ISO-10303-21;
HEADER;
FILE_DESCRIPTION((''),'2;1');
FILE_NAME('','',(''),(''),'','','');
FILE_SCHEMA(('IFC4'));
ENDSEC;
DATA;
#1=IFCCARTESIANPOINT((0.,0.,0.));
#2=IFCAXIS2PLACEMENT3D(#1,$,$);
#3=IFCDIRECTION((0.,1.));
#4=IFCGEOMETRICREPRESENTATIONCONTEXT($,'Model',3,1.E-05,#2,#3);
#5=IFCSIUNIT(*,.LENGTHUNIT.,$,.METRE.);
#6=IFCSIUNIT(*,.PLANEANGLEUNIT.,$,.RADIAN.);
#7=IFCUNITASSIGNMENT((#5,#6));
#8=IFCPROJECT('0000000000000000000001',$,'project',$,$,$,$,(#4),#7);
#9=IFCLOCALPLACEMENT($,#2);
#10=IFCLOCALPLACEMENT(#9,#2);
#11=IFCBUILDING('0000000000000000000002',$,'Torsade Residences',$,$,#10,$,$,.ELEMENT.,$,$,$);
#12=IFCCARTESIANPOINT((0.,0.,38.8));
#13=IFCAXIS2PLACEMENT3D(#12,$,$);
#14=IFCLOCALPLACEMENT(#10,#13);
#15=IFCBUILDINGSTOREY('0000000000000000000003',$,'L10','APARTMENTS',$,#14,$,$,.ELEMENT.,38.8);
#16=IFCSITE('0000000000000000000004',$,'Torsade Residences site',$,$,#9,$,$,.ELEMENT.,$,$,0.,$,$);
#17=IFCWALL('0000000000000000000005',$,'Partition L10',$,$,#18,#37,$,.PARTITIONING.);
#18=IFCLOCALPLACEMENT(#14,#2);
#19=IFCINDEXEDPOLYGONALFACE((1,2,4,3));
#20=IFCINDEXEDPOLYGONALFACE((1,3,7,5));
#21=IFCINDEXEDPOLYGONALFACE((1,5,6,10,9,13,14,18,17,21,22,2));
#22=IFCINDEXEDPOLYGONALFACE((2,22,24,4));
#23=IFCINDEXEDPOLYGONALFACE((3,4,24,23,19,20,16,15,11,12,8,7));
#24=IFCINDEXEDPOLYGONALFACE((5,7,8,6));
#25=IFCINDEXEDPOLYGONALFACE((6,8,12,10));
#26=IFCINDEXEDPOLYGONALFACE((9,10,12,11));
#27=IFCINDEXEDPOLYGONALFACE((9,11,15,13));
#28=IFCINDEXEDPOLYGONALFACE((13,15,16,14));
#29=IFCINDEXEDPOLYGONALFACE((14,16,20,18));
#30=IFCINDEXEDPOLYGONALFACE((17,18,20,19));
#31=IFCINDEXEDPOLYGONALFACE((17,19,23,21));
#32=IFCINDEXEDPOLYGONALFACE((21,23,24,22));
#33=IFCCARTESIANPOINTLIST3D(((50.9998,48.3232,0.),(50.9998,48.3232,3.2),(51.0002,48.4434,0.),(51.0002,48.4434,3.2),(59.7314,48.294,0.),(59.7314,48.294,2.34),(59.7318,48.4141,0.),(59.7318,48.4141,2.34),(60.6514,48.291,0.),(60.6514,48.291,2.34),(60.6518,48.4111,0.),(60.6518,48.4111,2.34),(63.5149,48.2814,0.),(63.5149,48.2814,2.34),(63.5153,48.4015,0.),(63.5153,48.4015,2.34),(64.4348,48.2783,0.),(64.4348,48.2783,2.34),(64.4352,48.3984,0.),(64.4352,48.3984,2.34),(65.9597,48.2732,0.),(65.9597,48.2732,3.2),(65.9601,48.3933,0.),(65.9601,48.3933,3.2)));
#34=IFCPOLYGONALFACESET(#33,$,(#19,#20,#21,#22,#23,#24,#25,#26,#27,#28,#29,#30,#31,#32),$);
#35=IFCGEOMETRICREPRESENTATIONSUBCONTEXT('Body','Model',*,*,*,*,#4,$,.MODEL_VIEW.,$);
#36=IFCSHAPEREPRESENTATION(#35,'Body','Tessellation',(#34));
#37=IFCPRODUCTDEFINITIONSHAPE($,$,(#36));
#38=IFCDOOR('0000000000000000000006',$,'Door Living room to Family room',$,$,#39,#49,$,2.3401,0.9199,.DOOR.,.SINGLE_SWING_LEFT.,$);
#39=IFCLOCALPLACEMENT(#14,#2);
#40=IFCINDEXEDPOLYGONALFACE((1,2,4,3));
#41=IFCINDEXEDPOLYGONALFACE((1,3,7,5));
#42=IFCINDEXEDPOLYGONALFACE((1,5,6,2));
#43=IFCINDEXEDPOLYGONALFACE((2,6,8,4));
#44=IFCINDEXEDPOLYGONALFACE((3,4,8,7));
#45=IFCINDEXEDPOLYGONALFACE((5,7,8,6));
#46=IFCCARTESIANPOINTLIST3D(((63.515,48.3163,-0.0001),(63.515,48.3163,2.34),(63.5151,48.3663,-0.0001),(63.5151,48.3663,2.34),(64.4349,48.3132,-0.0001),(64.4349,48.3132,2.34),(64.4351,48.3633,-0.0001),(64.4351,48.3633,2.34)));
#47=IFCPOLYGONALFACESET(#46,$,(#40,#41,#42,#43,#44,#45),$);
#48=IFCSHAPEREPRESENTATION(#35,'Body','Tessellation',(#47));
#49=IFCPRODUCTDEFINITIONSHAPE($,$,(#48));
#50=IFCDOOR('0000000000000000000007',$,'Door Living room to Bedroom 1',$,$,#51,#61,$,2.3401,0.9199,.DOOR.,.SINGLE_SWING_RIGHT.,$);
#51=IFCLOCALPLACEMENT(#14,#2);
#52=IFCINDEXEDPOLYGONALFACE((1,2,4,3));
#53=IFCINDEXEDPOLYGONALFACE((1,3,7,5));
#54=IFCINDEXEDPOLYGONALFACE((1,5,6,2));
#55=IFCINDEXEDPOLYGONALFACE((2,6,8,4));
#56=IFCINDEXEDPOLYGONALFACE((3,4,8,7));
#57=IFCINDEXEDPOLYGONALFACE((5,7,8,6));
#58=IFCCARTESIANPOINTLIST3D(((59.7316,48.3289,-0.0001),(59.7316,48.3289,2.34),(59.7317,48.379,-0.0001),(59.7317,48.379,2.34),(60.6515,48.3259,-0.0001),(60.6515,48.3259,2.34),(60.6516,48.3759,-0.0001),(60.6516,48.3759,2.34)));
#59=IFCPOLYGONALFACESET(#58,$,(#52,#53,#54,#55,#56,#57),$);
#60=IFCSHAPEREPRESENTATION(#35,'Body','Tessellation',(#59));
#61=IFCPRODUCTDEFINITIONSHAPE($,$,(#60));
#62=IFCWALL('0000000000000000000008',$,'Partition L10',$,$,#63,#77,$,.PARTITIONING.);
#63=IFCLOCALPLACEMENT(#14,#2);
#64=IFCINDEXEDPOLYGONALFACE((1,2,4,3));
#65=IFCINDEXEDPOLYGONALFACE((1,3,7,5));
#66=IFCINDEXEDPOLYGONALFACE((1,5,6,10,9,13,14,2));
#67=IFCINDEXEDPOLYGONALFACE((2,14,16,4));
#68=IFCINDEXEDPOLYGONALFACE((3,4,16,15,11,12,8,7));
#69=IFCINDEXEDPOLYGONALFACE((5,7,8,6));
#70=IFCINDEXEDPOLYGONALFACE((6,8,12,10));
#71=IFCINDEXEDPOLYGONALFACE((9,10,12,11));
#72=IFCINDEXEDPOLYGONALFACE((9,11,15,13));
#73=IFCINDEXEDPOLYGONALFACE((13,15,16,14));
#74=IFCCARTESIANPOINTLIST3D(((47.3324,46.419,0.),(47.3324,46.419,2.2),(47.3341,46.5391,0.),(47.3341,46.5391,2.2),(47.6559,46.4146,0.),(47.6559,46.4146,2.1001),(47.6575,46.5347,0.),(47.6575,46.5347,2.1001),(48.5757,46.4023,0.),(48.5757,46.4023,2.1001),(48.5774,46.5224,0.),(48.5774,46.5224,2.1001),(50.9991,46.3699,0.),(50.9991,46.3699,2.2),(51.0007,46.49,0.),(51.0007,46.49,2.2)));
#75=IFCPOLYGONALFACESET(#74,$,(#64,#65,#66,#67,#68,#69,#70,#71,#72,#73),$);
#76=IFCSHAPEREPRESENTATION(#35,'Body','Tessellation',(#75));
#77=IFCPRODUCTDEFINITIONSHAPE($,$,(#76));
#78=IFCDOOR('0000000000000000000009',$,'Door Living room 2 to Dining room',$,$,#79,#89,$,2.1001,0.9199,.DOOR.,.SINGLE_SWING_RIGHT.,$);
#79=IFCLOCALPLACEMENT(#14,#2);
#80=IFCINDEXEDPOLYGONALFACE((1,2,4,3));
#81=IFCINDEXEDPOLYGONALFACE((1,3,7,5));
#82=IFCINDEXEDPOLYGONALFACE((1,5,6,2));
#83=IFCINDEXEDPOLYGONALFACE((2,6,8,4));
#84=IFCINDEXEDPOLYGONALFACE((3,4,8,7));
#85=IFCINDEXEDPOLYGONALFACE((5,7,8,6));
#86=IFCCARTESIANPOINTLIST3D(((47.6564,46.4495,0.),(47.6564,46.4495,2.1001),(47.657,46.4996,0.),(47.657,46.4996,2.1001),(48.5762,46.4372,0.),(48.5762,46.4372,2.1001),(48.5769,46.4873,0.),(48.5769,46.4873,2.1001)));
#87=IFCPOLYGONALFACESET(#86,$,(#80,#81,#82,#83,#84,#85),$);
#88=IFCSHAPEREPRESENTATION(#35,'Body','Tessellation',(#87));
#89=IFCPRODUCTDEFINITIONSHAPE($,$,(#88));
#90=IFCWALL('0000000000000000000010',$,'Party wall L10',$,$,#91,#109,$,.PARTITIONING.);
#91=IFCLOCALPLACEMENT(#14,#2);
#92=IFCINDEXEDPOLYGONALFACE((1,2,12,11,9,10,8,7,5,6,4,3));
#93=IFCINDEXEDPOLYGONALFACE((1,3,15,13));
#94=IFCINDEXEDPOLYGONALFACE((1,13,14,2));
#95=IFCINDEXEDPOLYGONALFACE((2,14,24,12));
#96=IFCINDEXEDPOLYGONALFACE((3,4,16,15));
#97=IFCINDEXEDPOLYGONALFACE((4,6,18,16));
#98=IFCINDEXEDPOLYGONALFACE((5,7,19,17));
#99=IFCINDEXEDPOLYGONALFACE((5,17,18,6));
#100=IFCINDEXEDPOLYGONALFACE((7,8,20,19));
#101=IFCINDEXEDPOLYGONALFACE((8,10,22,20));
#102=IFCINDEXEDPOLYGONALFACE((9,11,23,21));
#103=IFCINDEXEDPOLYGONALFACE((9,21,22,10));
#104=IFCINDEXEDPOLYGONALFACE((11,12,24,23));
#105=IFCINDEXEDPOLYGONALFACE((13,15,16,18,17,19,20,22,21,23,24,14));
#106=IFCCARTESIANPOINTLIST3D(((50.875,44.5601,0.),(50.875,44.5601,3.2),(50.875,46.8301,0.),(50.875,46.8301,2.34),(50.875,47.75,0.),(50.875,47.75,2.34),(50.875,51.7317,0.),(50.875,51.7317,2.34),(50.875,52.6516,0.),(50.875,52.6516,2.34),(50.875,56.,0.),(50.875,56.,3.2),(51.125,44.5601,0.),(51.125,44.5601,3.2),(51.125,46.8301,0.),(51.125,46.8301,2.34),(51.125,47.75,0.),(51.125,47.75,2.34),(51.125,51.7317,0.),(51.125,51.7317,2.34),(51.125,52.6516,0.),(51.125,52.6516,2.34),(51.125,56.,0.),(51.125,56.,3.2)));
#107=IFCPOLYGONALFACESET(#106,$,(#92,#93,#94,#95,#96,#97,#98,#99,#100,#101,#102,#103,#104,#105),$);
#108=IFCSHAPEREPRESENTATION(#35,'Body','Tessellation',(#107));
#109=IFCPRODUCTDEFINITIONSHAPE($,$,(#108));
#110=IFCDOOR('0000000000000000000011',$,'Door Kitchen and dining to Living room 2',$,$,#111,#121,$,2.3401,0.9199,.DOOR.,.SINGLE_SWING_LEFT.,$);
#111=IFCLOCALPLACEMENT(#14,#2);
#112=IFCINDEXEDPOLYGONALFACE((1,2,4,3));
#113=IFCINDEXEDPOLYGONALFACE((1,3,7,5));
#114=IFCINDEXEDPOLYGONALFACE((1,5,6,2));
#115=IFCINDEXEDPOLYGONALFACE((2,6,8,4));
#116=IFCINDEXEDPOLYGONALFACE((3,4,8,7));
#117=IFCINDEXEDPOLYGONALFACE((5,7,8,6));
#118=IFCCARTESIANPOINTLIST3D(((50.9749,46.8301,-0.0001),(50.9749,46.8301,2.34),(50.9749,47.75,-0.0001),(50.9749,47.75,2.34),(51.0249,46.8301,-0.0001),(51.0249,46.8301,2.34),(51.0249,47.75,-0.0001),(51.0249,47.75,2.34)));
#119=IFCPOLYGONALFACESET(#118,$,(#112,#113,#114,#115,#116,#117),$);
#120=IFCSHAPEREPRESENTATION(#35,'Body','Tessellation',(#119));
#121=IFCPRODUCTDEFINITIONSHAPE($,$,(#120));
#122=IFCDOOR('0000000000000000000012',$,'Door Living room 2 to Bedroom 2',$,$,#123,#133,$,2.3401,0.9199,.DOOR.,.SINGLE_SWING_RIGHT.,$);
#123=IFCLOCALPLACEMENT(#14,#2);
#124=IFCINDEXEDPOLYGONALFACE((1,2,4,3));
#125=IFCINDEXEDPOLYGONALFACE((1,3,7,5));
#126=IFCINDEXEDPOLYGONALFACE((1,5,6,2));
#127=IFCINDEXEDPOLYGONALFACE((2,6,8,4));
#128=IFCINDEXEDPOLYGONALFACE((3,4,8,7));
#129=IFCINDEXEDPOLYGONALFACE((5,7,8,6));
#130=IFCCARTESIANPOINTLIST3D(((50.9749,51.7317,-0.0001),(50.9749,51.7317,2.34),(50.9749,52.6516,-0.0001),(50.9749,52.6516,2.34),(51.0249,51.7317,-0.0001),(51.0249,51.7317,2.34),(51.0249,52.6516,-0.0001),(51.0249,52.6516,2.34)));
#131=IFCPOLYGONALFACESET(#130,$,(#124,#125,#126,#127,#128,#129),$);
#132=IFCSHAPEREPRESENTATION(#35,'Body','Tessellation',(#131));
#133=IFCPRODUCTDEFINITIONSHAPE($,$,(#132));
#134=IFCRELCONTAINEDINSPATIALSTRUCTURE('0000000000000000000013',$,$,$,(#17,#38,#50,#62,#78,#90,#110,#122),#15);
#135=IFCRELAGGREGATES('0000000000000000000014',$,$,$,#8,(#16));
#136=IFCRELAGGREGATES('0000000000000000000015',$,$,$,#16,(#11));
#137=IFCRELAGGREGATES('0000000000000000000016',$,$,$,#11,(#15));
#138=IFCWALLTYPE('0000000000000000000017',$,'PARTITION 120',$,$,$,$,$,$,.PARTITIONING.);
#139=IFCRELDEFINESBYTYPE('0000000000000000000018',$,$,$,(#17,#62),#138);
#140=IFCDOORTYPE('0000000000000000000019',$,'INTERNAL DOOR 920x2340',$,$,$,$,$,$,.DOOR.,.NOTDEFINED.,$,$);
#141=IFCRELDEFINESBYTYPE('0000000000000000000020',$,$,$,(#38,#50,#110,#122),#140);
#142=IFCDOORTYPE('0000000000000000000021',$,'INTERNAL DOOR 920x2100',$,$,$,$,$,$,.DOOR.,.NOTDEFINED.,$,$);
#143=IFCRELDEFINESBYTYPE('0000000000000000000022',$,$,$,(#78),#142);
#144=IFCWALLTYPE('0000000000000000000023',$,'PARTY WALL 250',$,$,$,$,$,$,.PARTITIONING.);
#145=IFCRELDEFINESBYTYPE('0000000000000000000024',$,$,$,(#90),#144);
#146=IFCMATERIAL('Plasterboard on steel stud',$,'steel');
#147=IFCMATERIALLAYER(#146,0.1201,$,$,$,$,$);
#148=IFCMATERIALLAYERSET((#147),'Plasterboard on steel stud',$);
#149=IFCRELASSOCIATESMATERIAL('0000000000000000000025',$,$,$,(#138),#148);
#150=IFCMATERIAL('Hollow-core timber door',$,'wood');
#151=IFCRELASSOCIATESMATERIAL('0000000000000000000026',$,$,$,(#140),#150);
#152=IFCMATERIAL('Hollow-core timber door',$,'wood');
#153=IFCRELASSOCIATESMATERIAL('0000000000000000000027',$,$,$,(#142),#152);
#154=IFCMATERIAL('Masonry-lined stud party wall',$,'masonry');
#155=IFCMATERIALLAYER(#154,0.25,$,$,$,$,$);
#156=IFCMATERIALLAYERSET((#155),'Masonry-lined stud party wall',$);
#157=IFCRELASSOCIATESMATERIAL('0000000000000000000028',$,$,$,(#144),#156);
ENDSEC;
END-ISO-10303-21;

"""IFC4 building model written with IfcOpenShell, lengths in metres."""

from ifc_helpers import new_model, si_unit, direction, frame, frame_2d, origin, place, context, subcontext, project, spatial, rectangle, extrude, material, layer, layer_set, type_object, element, fill, save


model = new_model("IFC4")

# Units and contexts
model_context = context("Model", 3, precision=1e-05, world=origin(), true_north=direction((0.0, 1.0)))
body_context = subcontext(model_context, "Body", "Model", "MODEL_VIEW")
ifc_project = project(units=[si_unit("LENGTHUNIT", "METRE"), si_unit("PLANEANGLEUNIT", "RADIAN")], contexts=[model_context])

# Site, building, storey
site_placement = place(None, origin())
site = spatial("IfcSite", under=ifc_project, at=site_placement, Name="Torsade Residences site", CompositionType="ELEMENT", RefElevation=0.0)
building_placement = place(site_placement, origin())
building = spatial("IfcBuilding", under=site, at=building_placement, Name="Torsade Residences", CompositionType="ELEMENT")
storey_placement = place(building_placement, frame((0.0, 0.0, 38.8)))
storey = spatial("IfcBuildingStorey", under=building, at=storey_placement, Name="L10", Description="APARTMENTS", CompositionType="ELEMENT", Elevation=38.8)

# Shared definitions
ifc_material_1 = material(Name="Plasterboard on steel stud", Category="steel")
ifc_layer_1 = layer(ifc_material_1, 0.1201)
ifc_layer_set_1 = layer_set([ifc_layer_1], Name="Plasterboard on steel stud")
wall_type_1 = type_object("IfcWallType", Name="PARTITION 120", PredefinedType="PARTITIONING", material=ifc_layer_set_1)

# Wall, openings, doors
wall_1_placement = place(storey_placement, frame((51.0, 48.3833, 0.0), z_axis=(0.0, 0.0, 1.0), x_axis=(0.999994, -0.003345, 0.0)))
wall_1 = element("IfcWall", 1, at=wall_1_placement, inside=storey, type_object=wall_type_1, Name="Partition L10", PredefinedType="PARTITIONING", context=body_context, shape_type="SweptSolid", body=[
    extrude(rectangle(XDim=14.96, YDim=0.1201, at=frame_2d((7.48, 0.0))), origin(), (0.0, 0.0, 1.0), 3.2),
])
opening_1_placement = place(wall_1_placement, frame((12.5151, 0.0, 0.0)))
opening_1 = element("IfcOpeningElement", 2, at=opening_1_placement, cuts=wall_1, PredefinedType="OPENING", context=body_context, shape_type="SweptSolid", body=[
    extrude(rectangle(XDim=0.9199, YDim=2.3401, at=frame_2d((0.46, 1.1699))), frame((0.0, 0.0701, 0.0), z_axis=(0.0, -1.0, 0.0), x_axis=(1.0, 0.0, 0.0)), (0.0, 0.0, 1.0), 0.1401),
])
opening_2_placement = place(wall_1_placement, frame((8.7317, 0.0, 0.0)))
opening_2 = element("IfcOpeningElement", 3, at=opening_2_placement, cuts=wall_1, PredefinedType="OPENING", context=body_context, shape_type="SweptSolid", body=[
    extrude(rectangle(XDim=0.9199, YDim=2.3401, at=frame_2d((0.46, 1.1699))), frame((0.0, 0.0701, 0.0), z_axis=(0.0, -1.0, 0.0), x_axis=(1.0, 0.0, 0.0)), (0.0, 0.0, 1.0), 0.1401),
])
ifc_material_2 = material(Name="Hollow-core timber door", Category="wood")
door_type_1 = type_object("IfcDoorType", Name="INTERNAL DOOR 920x2340", OperationType="NOTDEFINED", PredefinedType="DOOR", material=ifc_material_2)
door_1_placement = place(opening_1_placement, origin())
door_1 = element("IfcDoor", 4, at=door_1_placement, inside=storey, type_object=door_type_1, Name="Door Living room to Family room", OperationType="SINGLE_SWING_LEFT", OverallHeight=2.3401, OverallWidth=0.9199, PredefinedType="DOOR", context=body_context, shape_type="SweptSolid", body=[
    extrude(rectangle(XDim=0.9199, YDim=2.3401, at=frame_2d((0.46, 1.1699))), frame((0.0, 0.0249, 0.0), z_axis=(0.0, -1.0, 0.0), x_axis=(1.0, 0.0, 0.0)), (0.0, 0.0, 1.0), 0.05),
])
fill(opening_1, door_1)
door_2_placement = place(opening_2_placement, origin())
door_2 = element("IfcDoor", 5, at=door_2_placement, inside=storey, type_object=door_type_1, Name="Door Living room to Bedroom 1", OperationType="SINGLE_SWING_RIGHT", OverallHeight=2.3401, OverallWidth=0.9199, PredefinedType="DOOR", context=body_context, shape_type="SweptSolid", body=[
    extrude(rectangle(XDim=0.9199, YDim=2.3401, at=frame_2d((0.46, 1.1699))), frame((0.0, 0.0249, 0.0), z_axis=(0.0, -1.0, 0.0), x_axis=(1.0, 0.0, 0.0)), (0.0, 0.0, 1.0), 0.05),
])
fill(opening_2, door_2)

# Wall, opening, door
wall_2_placement = place(storey_placement, frame((47.3333, 46.479, 0.0), z_axis=(0.0, 0.0, 1.0), x_axis=(0.99991, -0.013382, 0.0)))
wall_2 = element("IfcWall", 6, at=wall_2_placement, inside=storey, type_object=wall_type_1, Name="Partition L10", PredefinedType="PARTITIONING", context=body_context, shape_type="SweptSolid", body=[
    extrude(rectangle(XDim=3.667, YDim=0.1201, at=frame_2d((1.8335, 0.0))), origin(), (0.0, 0.0, 1.0), 2.2),
])
opening_3_placement = place(wall_2_placement, frame((0.3235, 0.0, 0.0)))
opening_3 = element("IfcOpeningElement", 7, at=opening_3_placement, cuts=wall_2, PredefinedType="OPENING", context=body_context, shape_type="SweptSolid", body=[
    extrude(rectangle(XDim=0.9199, YDim=2.1001, at=frame_2d((0.46, 1.05))), frame((0.0, 0.0701, 0.0), z_axis=(0.0, -1.0, 0.0), x_axis=(1.0, 0.0, 0.0)), (0.0, 0.0, 1.0), 0.1401),
])
ifc_material_3 = material(Name="Hollow-core timber door", Category="wood")
door_type_2 = type_object("IfcDoorType", Name="INTERNAL DOOR 920x2100", OperationType="NOTDEFINED", PredefinedType="DOOR", material=ifc_material_3)
door_3_placement = place(opening_3_placement, origin())
door_3 = element("IfcDoor", 8, at=door_3_placement, inside=storey, type_object=door_type_2, Name="Door Living room 2 to Dining room", OperationType="SINGLE_SWING_RIGHT", OverallHeight=2.1001, OverallWidth=0.9199, PredefinedType="DOOR", context=body_context, shape_type="SweptSolid", body=[
    extrude(rectangle(XDim=0.9199, YDim=2.1001, at=frame_2d((0.46, 1.05))), frame((0.0, 0.0249, 0.0), z_axis=(0.0, -1.0, 0.0), x_axis=(1.0, 0.0, 0.0)), (0.0, 0.0, 1.0), 0.05),
])
fill(opening_3, door_3)

# Wall, openings, doors
ifc_material_4 = material(Name="Masonry-lined stud party wall", Category="masonry")
ifc_layer_2 = layer(ifc_material_4, 0.25)
ifc_layer_set_2 = layer_set([ifc_layer_2], Name="Masonry-lined stud party wall")
wall_type_2 = type_object("IfcWallType", Name="PARTY WALL 250", PredefinedType="PARTITIONING", material=ifc_layer_set_2)
wall_3_placement = place(storey_placement, frame((51.0, 56.0, 0.0), z_axis=(0.0, 0.0, 1.0), x_axis=(0.0, -1.0, 0.0)))
wall_3 = element("IfcWall", 9, at=wall_3_placement, inside=storey, type_object=wall_type_2, Name="Party wall L10", PredefinedType="PARTITIONING", context=body_context, shape_type="SweptSolid", body=[
    extrude(rectangle(XDim=11.4399, YDim=0.25, at=frame_2d((5.72, 0.0))), origin(), (0.0, 0.0, 1.0), 3.2),
])
opening_4_placement = place(wall_3_placement, frame((8.25, 0.0, 0.0)))
opening_4 = element("IfcOpeningElement", 10, at=opening_4_placement, cuts=wall_3, PredefinedType="OPENING", context=body_context, shape_type="SweptSolid", body=[
    extrude(rectangle(XDim=0.9199, YDim=2.3401, at=frame_2d((0.46, 1.1699))), frame((0.0, 0.135, 0.0), z_axis=(0.0, -1.0, 0.0), x_axis=(1.0, 0.0, 0.0)), (0.0, 0.0, 1.0), 0.27),
])
opening_5_placement = place(wall_3_placement, frame((3.3484, 0.0, 0.0)))
opening_5 = element("IfcOpeningElement", 11, at=opening_5_placement, cuts=wall_3, PredefinedType="OPENING", context=body_context, shape_type="SweptSolid", body=[
    extrude(rectangle(XDim=0.9199, YDim=2.3401, at=frame_2d((0.46, 1.1699))), frame((0.0, 0.135, 0.0), z_axis=(0.0, -1.0, 0.0), x_axis=(1.0, 0.0, 0.0)), (0.0, 0.0, 1.0), 0.27),
])
door_4_placement = place(opening_4_placement, origin())
door_4 = element("IfcDoor", 12, at=door_4_placement, inside=storey, type_object=door_type_1, Name="Door Kitchen and dining to Living room 2", OperationType="SINGLE_SWING_LEFT", OverallHeight=2.3401, OverallWidth=0.9199, PredefinedType="DOOR", context=body_context, shape_type="SweptSolid", body=[
    extrude(rectangle(XDim=0.9199, YDim=2.3401, at=frame_2d((0.46, 1.1699))), frame((0.0, 0.0249, 0.0), z_axis=(0.0, -1.0, 0.0), x_axis=(1.0, 0.0, 0.0)), (0.0, 0.0, 1.0), 0.05),
])
fill(opening_4, door_4)
door_5_placement = place(opening_5_placement, origin())
door_5 = element("IfcDoor", 13, at=door_5_placement, inside=storey, type_object=door_type_1, Name="Door Living room 2 to Bedroom 2", OperationType="SINGLE_SWING_RIGHT", OverallHeight=2.3401, OverallWidth=0.9199, PredefinedType="DOOR", context=body_context, shape_type="SweptSolid", body=[
    extrude(rectangle(XDim=0.9199, YDim=2.3401, at=frame_2d((0.46, 1.1699))), frame((0.0, 0.0249, 0.0), z_axis=(0.0, -1.0, 0.0), x_axis=(1.0, 0.0, 0.0)), (0.0, 0.0, 1.0), 0.05),
])
fill(opening_5, door_5)

save(model, "model.ifc")
